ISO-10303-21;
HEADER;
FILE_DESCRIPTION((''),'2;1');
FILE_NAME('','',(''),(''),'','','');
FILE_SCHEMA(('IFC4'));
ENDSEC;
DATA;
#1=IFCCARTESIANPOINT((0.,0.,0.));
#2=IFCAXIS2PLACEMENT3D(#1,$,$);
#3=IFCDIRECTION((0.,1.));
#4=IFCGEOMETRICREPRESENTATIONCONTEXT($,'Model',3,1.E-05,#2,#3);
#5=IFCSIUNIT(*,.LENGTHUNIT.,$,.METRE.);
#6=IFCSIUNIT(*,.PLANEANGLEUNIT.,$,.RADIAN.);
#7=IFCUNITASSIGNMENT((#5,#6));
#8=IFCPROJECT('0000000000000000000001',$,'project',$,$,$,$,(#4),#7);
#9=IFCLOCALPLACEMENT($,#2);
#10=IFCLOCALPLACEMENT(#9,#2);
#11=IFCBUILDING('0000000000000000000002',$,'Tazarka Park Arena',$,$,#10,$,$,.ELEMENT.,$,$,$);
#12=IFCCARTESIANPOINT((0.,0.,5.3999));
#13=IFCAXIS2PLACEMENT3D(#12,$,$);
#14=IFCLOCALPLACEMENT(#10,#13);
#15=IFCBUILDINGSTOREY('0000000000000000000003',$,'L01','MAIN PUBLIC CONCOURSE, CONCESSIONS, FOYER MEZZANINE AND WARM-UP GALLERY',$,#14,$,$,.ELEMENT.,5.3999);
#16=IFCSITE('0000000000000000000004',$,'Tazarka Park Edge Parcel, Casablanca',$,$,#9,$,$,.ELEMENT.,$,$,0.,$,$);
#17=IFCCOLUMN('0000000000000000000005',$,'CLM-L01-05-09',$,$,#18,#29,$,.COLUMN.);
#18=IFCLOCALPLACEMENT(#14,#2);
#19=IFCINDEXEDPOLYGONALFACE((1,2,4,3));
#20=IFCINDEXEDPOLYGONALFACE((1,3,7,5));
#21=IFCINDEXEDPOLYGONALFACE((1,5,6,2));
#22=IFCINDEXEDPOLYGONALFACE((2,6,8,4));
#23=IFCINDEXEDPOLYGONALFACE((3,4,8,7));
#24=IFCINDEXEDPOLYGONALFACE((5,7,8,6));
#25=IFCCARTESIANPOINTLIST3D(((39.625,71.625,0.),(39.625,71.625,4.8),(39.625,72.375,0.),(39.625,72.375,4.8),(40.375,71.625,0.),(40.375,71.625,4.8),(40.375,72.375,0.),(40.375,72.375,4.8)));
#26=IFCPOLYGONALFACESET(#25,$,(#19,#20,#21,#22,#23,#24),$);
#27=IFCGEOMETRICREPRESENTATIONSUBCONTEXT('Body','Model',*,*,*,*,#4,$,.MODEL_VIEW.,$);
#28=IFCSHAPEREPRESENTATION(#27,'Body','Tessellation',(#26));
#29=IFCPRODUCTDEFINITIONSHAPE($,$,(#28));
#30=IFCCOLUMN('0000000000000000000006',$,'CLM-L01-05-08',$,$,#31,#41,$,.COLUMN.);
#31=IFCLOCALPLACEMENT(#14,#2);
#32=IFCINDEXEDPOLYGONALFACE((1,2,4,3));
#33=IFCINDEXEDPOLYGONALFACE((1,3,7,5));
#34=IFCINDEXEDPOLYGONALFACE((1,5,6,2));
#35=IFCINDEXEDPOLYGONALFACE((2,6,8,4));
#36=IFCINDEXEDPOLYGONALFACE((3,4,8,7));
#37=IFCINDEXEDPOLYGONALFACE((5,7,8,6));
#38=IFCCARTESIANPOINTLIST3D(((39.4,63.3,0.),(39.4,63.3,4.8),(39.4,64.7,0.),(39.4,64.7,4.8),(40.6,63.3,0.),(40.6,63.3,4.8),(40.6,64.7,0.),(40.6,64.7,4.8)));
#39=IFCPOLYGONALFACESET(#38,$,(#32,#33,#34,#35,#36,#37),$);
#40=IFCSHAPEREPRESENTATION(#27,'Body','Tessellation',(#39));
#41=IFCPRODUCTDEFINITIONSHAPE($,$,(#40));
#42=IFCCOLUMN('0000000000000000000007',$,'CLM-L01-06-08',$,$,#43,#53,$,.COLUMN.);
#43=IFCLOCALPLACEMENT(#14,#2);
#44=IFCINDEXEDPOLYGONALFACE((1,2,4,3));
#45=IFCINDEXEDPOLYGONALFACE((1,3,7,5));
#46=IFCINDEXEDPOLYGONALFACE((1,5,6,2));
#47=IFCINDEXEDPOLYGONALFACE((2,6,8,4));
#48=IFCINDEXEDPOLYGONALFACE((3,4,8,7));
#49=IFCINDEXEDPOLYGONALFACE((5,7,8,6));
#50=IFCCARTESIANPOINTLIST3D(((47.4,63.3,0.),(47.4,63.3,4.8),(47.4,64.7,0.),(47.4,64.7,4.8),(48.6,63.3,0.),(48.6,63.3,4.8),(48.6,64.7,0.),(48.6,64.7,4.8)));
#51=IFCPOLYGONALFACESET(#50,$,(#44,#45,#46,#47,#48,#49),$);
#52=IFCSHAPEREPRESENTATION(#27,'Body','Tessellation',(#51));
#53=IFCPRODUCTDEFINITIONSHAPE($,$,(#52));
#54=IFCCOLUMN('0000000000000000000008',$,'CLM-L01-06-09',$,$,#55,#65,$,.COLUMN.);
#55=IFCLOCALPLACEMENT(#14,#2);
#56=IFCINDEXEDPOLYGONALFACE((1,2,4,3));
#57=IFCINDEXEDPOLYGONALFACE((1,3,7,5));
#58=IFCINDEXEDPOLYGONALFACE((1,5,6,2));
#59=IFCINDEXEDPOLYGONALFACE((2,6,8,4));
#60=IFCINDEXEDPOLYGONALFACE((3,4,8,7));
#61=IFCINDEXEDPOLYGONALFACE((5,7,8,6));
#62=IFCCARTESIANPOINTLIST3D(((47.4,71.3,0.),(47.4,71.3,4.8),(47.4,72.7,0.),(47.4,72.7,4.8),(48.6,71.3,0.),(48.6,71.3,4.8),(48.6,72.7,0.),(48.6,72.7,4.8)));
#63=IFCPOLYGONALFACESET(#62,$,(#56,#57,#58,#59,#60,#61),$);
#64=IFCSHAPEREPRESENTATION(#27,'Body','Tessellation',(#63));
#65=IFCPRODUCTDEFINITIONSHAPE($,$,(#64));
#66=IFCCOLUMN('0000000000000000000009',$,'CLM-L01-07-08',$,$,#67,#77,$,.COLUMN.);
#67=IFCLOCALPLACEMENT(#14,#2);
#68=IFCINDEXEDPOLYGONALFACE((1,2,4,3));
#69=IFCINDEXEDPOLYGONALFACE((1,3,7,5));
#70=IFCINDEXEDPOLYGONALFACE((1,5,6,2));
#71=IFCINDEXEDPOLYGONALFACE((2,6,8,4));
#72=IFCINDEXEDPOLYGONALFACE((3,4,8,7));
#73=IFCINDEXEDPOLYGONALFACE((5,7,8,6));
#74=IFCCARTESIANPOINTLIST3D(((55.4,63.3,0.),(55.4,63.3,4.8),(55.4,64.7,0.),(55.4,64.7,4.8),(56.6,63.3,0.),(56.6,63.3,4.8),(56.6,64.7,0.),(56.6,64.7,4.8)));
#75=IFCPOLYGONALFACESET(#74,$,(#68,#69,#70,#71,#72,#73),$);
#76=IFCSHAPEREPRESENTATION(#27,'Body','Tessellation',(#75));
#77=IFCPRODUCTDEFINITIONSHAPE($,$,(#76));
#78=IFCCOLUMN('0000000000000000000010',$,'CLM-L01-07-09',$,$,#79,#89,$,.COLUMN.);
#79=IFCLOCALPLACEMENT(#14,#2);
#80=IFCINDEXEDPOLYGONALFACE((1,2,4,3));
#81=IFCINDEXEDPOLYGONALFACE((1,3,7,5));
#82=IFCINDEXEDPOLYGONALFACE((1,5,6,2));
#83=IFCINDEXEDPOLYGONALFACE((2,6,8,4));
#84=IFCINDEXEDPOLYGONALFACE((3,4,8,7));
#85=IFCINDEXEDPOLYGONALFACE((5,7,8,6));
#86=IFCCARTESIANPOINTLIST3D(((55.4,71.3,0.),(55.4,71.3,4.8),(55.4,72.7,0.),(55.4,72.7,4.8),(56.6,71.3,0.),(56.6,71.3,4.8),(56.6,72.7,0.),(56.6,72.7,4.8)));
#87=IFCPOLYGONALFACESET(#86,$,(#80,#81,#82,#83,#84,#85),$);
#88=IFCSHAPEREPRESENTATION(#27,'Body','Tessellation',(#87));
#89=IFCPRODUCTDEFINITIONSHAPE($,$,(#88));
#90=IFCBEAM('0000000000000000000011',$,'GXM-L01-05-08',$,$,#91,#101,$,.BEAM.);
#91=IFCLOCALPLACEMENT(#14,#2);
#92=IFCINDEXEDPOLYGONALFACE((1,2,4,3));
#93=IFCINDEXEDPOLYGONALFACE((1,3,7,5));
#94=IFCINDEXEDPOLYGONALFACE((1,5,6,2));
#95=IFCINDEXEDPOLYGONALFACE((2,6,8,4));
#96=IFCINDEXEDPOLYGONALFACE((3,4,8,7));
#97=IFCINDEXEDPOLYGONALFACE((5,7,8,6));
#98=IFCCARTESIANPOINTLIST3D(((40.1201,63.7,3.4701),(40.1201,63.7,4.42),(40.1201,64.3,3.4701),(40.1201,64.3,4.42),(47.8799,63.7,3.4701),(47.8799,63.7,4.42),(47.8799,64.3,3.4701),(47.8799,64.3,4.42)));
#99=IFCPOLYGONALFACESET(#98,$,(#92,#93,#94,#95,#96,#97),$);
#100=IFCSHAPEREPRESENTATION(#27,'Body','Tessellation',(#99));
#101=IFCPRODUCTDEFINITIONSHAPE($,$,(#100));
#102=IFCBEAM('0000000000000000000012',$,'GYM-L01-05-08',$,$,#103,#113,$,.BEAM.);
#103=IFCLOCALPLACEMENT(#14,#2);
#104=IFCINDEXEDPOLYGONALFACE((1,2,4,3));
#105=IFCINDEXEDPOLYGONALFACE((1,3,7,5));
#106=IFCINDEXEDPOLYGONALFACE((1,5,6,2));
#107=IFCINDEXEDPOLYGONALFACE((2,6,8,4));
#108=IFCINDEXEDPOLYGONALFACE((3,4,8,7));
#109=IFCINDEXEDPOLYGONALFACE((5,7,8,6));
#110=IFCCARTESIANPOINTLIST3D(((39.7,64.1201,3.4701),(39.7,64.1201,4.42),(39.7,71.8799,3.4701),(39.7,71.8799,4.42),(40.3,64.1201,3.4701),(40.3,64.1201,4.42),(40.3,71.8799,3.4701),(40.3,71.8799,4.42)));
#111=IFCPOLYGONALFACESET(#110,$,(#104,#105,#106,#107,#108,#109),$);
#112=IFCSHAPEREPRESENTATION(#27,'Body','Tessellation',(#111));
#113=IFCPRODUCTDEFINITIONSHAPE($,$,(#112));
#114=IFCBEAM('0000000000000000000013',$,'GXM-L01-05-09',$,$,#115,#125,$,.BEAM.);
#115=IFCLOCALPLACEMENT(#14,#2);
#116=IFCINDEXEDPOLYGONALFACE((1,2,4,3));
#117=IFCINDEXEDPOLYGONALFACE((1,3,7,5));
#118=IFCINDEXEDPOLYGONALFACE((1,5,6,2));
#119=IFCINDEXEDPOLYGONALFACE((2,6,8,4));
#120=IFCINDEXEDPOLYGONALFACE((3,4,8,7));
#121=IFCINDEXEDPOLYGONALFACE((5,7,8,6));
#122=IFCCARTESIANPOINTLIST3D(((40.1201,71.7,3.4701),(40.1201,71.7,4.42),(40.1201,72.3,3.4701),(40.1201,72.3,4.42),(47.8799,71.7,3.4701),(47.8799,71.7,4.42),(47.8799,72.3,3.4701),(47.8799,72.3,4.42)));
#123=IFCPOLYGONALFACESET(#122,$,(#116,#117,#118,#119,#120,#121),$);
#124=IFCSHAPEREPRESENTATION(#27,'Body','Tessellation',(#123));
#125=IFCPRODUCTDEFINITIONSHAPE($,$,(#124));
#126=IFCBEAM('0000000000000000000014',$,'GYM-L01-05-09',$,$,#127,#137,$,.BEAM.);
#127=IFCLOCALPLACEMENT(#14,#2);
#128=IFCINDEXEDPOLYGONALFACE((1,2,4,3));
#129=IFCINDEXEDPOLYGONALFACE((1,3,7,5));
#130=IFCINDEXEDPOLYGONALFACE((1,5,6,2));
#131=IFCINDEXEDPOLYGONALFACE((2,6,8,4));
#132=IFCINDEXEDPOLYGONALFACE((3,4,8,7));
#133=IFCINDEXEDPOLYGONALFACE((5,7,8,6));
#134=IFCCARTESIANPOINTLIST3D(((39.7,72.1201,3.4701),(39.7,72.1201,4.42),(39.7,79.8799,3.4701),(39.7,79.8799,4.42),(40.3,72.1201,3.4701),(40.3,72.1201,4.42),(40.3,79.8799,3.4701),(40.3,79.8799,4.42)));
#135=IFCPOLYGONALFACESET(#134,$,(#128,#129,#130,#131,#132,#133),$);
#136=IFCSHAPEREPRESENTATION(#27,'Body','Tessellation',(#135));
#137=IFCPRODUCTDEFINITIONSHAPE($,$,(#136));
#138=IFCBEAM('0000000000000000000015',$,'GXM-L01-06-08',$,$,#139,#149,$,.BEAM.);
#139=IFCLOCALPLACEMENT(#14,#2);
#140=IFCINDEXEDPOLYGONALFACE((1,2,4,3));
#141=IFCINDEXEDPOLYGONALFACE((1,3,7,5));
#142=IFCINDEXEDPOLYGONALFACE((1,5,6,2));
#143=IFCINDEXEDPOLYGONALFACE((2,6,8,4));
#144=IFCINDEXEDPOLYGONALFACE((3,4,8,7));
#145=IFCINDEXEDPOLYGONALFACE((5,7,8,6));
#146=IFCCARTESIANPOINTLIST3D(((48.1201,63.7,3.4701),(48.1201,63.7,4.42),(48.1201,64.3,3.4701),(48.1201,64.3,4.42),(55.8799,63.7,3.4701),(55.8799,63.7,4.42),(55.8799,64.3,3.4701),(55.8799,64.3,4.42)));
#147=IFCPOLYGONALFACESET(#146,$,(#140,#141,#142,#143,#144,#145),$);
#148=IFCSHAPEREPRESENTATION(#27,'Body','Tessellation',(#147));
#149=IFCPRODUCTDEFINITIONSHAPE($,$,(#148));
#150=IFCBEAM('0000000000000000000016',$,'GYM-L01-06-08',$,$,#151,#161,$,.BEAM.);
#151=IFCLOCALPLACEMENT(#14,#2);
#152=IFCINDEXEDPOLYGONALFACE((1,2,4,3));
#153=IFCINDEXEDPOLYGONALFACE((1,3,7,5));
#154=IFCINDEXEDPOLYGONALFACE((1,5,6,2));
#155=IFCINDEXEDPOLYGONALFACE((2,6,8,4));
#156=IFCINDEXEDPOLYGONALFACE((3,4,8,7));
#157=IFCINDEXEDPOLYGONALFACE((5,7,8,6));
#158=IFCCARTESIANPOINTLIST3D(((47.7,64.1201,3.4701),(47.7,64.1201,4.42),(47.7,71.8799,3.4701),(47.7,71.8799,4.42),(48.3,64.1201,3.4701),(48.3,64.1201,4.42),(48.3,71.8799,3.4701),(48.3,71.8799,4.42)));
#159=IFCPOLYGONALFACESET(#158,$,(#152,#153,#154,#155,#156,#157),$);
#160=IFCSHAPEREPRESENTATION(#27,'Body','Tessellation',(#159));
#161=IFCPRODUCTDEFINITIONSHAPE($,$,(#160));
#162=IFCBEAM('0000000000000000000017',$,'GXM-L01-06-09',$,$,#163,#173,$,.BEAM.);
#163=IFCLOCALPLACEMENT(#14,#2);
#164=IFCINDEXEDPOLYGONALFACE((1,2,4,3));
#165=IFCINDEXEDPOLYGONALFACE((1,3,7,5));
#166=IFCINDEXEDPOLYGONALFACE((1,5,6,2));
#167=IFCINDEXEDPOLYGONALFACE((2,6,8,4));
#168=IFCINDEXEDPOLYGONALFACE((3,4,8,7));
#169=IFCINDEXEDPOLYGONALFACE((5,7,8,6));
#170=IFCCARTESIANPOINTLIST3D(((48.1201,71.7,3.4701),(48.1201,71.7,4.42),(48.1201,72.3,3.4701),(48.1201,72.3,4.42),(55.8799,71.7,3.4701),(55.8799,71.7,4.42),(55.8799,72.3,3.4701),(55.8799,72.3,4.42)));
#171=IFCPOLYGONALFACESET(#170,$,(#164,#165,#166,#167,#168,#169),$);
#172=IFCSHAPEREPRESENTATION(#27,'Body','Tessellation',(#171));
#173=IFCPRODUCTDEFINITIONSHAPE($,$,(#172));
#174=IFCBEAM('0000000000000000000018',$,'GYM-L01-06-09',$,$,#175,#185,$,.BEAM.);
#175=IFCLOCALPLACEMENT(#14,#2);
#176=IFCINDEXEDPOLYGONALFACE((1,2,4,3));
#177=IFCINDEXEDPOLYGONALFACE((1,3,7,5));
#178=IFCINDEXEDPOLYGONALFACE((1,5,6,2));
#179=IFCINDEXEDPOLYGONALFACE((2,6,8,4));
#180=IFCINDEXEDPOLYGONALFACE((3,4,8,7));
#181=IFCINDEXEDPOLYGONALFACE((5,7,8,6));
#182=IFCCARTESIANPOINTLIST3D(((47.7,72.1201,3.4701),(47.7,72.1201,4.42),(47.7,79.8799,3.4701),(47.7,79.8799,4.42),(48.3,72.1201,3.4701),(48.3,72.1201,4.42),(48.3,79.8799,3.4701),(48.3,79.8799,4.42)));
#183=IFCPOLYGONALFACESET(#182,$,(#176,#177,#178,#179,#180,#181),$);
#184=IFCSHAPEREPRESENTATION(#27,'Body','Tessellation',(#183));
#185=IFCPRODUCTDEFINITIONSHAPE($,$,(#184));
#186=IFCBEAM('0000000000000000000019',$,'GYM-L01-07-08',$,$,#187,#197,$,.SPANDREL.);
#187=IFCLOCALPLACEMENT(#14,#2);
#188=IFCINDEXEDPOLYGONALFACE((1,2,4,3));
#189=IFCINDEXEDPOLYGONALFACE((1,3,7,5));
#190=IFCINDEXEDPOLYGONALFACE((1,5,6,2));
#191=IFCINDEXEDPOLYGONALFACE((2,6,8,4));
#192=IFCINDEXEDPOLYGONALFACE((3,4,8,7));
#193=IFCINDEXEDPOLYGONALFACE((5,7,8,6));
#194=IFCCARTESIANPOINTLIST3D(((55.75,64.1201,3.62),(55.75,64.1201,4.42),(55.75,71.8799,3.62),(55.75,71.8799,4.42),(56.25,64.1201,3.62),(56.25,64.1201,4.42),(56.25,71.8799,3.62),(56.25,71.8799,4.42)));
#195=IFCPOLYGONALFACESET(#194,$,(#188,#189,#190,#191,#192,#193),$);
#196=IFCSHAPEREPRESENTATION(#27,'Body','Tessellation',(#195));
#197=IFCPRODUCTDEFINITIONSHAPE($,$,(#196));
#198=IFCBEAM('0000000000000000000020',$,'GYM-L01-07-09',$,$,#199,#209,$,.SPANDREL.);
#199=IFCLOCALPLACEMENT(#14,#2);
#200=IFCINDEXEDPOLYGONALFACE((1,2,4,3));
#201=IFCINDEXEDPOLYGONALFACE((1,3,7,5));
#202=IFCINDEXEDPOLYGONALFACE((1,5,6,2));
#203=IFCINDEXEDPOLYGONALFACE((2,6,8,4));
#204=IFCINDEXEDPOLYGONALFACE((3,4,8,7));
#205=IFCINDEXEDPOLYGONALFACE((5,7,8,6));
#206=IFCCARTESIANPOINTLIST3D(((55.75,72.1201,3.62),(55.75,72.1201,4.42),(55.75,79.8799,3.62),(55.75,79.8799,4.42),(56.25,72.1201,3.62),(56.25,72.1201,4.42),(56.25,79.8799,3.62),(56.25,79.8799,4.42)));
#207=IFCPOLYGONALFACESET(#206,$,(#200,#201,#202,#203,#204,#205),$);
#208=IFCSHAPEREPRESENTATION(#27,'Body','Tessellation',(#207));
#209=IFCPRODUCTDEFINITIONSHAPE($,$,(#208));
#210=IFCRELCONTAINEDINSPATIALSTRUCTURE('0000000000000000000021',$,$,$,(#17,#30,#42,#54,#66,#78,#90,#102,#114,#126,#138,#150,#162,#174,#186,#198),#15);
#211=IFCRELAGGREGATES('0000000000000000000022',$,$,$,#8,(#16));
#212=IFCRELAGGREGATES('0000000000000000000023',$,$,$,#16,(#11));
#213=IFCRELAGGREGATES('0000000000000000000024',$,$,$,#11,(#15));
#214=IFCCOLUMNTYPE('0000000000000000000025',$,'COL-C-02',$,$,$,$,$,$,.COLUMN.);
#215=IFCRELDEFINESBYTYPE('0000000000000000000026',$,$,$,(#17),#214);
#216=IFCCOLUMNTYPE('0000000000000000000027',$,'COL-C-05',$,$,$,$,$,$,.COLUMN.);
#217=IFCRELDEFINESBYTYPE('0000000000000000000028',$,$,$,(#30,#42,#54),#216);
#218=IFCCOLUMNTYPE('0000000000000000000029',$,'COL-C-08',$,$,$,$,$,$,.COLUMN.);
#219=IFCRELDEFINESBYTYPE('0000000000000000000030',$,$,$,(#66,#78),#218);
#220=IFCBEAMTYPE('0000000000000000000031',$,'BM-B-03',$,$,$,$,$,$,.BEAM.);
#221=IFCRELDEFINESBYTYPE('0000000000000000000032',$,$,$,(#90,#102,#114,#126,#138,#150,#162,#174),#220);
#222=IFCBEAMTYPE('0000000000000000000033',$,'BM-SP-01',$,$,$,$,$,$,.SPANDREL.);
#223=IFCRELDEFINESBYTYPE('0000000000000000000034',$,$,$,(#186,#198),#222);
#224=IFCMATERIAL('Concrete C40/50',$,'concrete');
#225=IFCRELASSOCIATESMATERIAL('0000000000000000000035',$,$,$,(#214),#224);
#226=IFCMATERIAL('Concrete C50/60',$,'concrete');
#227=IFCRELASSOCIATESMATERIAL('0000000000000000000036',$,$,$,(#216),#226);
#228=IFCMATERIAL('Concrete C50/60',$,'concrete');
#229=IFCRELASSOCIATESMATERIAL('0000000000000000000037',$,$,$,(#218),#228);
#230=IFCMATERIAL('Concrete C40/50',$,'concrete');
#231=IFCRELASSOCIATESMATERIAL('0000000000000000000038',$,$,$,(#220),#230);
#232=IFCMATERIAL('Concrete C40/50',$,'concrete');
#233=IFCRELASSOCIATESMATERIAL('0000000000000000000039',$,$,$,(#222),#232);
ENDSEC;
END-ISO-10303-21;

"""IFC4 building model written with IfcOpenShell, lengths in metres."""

from ifc_helpers import new_model, si_unit, direction, frame, origin, origin_2d, place, context, subcontext, project, spatial, rectangle, extrude, material, material_profile, profile_set, type_object, element, save


model = new_model("IFC4")

# Units and contexts
model_context = context("Model", 3, precision=1e-05, world=origin(), true_north=direction((0.0, 1.0)))
body_context = subcontext(model_context, "Body", "Model", "MODEL_VIEW")
ifc_project = project(units=[si_unit("LENGTHUNIT", "METRE"), si_unit("PLANEANGLEUNIT", "RADIAN")], contexts=[model_context])

# Site, building, storey
site_placement = place(None, origin())
site = spatial("IfcSite", under=ifc_project, at=site_placement, Name="Tazarka Park Edge Parcel, Casablanca", CompositionType="ELEMENT", RefElevation=0.0)
building_placement = place(site_placement, origin())
building = spatial("IfcBuilding", under=site, at=building_placement, Name="Tazarka Park Arena", CompositionType="ELEMENT")
storey_placement = place(building_placement, frame((0.0, 0.0, 5.3999)))
storey = spatial("IfcBuildingStorey", under=building, at=storey_placement, Name="L01", Description="MAIN PUBLIC CONCOURSE, CONCESSIONS, FOYER MEZZANINE AND WARM-UP GALLERY", CompositionType="ELEMENT", Elevation=5.3999)

# Columns
ifc_material_1 = material(Name="Concrete C40/50", Category="concrete")
ifc_material_profile_1 = material_profile(ifc_material_1, rectangle(XDim=0.75, YDim=0.75, at=origin_2d()), Name="Concrete C40/50")
ifc_profile_set_1 = profile_set([ifc_material_profile_1], Name="Concrete C40/50")
column_type_1 = type_object("IfcColumnType", Name="COL-C-02", PredefinedType="COLUMN", material=ifc_profile_set_1)
column_placement = place(storey_placement, frame((40.0, 72.0, 0.0), z_axis=(0.0, 0.0, 1.0), x_axis=(1.0, 0.0, 0.0)))
element("IfcColumn", 1, at=column_placement, inside=storey, type_object=column_type_1, Name="CLM-L01-05-09", PredefinedType="COLUMN", context=body_context, shape_type="SweptSolid", body=[
    extrude(rectangle(XDim=0.75, YDim=0.75, at=origin_2d()), origin(), (0.0, 0.0, 1.0), 4.8),
])
ifc_material_2 = material(Name="Concrete C50/60", Category="concrete")
ifc_material_profile_2 = material_profile(ifc_material_2, rectangle(XDim=1.2, YDim=1.3999, at=origin_2d()), Name="Concrete C50/60")
ifc_profile_set_2 = profile_set([ifc_material_profile_2], Name="Concrete C50/60")
column_type_2 = type_object("IfcColumnType", Name="COL-C-05", PredefinedType="COLUMN", material=ifc_profile_set_2)
for number, where, z_axis, x_axis, name in (
    (2, (40.0, 64.0, 0.0), (0.0, 0.0, 1.0), (1.0, 0.0, 0.0), "CLM-L01-05-08"),
    (3, (48.0, 64.0, 0.0), (0.0, 0.0, 1.0), (1.0, 0.0, 0.0), "CLM-L01-06-08"),
    (4, (48.0, 72.0, 0.0), (0.0, 0.0, 1.0), (1.0, 0.0, 0.0), "CLM-L01-06-09"),
):
    element("IfcColumn", number, at=place(storey_placement, frame(where, z_axis=z_axis, x_axis=x_axis)), inside=storey, type_object=column_type_2, Name=name, PredefinedType="COLUMN", context=body_context, shape_type="SweptSolid", body=[
        extrude(rectangle(XDim=1.2, YDim=1.3999, at=origin_2d()), origin(), (0.0, 0.0, 1.0), 4.8),
    ])
ifc_material_3 = material(Name="Concrete C50/60", Category="concrete")
ifc_material_profile_3 = material_profile(ifc_material_3, rectangle(XDim=1.2, YDim=1.3999, at=origin_2d()), Name="Concrete C50/60")
ifc_profile_set_3 = profile_set([ifc_material_profile_3], Name="Concrete C50/60")
column_type_3 = type_object("IfcColumnType", Name="COL-C-08", PredefinedType="COLUMN", material=ifc_profile_set_3)
for number, where, z_axis, x_axis, name in (
    (5, (56.0, 64.0, 0.0), (0.0, 0.0, 1.0), (1.0, 0.0, 0.0), "CLM-L01-07-08"),
    (6, (56.0, 72.0, 0.0), (0.0, 0.0, 1.0), (1.0, 0.0, 0.0), "CLM-L01-07-09"),
):
    element("IfcColumn", number, at=place(storey_placement, frame(where, z_axis=z_axis, x_axis=x_axis)), inside=storey, type_object=column_type_3, Name=name, PredefinedType="COLUMN", context=body_context, shape_type="SweptSolid", body=[
        extrude(rectangle(XDim=1.2, YDim=1.3999, at=origin_2d()), origin(), (0.0, 0.0, 1.0), 4.8),
    ])

# Beams
ifc_material_4 = material(Name="Concrete C40/50", Category="concrete")
ifc_material_profile_4 = material_profile(ifc_material_4, rectangle(XDim=0.6001, YDim=0.95, at=origin_2d()), Name="Concrete C40/50")
ifc_profile_set_4 = profile_set([ifc_material_profile_4], Name="Concrete C40/50")
beam_type_1 = type_object("IfcBeamType", Name="BM-B-03", PredefinedType="BEAM", material=ifc_profile_set_4)
for number, where, z_axis, x_axis, name in (
    (7, (40.1201, 64.0, 3.9451), (1.0, 0.0, 0.0), (0.0, 1.0, 0.0), "GXM-L01-05-08"),
    (8, (40.0, 64.1201, 3.9451), (0.0, 1.0, 0.0), (-1.0, 0.0, 0.0), "GYM-L01-05-08"),
    (9, (40.1201, 72.0, 3.9451), (1.0, 0.0, 0.0), (0.0, 1.0, 0.0), "GXM-L01-05-09"),
    (10, (40.0, 72.1201, 3.9451), (0.0, 1.0, 0.0), (-1.0, 0.0, 0.0), "GYM-L01-05-09"),
    (11, (48.1201, 64.0, 3.9451), (1.0, 0.0, 0.0), (0.0, 1.0, 0.0), "GXM-L01-06-08"),
    (12, (48.0, 64.1201, 3.9451), (0.0, 1.0, 0.0), (-1.0, 0.0, 0.0), "GYM-L01-06-08"),
    (13, (48.1201, 72.0, 3.9451), (1.0, 0.0, 0.0), (0.0, 1.0, 0.0), "GXM-L01-06-09"),
    (14, (48.0, 72.1201, 3.9451), (0.0, 1.0, 0.0), (-1.0, 0.0, 0.0), "GYM-L01-06-09"),
):
    element("IfcBeam", number, at=place(storey_placement, frame(where, z_axis=z_axis, x_axis=x_axis)), inside=storey, type_object=beam_type_1, Name=name, PredefinedType="BEAM", context=body_context, shape_type="SweptSolid", body=[
        extrude(rectangle(XDim=0.6001, YDim=0.95, at=origin_2d()), origin(), (0.0, 0.0, 1.0), 7.7598),
    ])
ifc_material_5 = material(Name="Concrete C40/50", Category="concrete")
ifc_material_profile_5 = material_profile(ifc_material_5, rectangle(XDim=0.5, YDim=0.8, at=origin_2d()), Name="Concrete C40/50")
ifc_profile_set_5 = profile_set([ifc_material_profile_5], Name="Concrete C40/50")
beam_type_2 = type_object("IfcBeamType", Name="BM-SP-01", PredefinedType="SPANDREL", material=ifc_profile_set_5)
for number, where, z_axis, x_axis, name in (
    (15, (56.0, 64.1201, 4.02), (0.0, 1.0, 0.0), (-1.0, 0.0, 0.0), "GYM-L01-07-08"),
    (16, (56.0, 72.1201, 4.02), (0.0, 1.0, 0.0), (-1.0, 0.0, 0.0), "GYM-L01-07-09"),
):
    element("IfcBeam", number, at=place(storey_placement, frame(where, z_axis=z_axis, x_axis=x_axis)), inside=storey, type_object=beam_type_2, Name=name, PredefinedType="SPANDREL", context=body_context, shape_type="SweptSolid", body=[
        extrude(rectangle(XDim=0.5, YDim=0.8, at=origin_2d()), origin(), (0.0, 0.0, 1.0), 7.7598),
    ])

save(model, "model.ifc")
